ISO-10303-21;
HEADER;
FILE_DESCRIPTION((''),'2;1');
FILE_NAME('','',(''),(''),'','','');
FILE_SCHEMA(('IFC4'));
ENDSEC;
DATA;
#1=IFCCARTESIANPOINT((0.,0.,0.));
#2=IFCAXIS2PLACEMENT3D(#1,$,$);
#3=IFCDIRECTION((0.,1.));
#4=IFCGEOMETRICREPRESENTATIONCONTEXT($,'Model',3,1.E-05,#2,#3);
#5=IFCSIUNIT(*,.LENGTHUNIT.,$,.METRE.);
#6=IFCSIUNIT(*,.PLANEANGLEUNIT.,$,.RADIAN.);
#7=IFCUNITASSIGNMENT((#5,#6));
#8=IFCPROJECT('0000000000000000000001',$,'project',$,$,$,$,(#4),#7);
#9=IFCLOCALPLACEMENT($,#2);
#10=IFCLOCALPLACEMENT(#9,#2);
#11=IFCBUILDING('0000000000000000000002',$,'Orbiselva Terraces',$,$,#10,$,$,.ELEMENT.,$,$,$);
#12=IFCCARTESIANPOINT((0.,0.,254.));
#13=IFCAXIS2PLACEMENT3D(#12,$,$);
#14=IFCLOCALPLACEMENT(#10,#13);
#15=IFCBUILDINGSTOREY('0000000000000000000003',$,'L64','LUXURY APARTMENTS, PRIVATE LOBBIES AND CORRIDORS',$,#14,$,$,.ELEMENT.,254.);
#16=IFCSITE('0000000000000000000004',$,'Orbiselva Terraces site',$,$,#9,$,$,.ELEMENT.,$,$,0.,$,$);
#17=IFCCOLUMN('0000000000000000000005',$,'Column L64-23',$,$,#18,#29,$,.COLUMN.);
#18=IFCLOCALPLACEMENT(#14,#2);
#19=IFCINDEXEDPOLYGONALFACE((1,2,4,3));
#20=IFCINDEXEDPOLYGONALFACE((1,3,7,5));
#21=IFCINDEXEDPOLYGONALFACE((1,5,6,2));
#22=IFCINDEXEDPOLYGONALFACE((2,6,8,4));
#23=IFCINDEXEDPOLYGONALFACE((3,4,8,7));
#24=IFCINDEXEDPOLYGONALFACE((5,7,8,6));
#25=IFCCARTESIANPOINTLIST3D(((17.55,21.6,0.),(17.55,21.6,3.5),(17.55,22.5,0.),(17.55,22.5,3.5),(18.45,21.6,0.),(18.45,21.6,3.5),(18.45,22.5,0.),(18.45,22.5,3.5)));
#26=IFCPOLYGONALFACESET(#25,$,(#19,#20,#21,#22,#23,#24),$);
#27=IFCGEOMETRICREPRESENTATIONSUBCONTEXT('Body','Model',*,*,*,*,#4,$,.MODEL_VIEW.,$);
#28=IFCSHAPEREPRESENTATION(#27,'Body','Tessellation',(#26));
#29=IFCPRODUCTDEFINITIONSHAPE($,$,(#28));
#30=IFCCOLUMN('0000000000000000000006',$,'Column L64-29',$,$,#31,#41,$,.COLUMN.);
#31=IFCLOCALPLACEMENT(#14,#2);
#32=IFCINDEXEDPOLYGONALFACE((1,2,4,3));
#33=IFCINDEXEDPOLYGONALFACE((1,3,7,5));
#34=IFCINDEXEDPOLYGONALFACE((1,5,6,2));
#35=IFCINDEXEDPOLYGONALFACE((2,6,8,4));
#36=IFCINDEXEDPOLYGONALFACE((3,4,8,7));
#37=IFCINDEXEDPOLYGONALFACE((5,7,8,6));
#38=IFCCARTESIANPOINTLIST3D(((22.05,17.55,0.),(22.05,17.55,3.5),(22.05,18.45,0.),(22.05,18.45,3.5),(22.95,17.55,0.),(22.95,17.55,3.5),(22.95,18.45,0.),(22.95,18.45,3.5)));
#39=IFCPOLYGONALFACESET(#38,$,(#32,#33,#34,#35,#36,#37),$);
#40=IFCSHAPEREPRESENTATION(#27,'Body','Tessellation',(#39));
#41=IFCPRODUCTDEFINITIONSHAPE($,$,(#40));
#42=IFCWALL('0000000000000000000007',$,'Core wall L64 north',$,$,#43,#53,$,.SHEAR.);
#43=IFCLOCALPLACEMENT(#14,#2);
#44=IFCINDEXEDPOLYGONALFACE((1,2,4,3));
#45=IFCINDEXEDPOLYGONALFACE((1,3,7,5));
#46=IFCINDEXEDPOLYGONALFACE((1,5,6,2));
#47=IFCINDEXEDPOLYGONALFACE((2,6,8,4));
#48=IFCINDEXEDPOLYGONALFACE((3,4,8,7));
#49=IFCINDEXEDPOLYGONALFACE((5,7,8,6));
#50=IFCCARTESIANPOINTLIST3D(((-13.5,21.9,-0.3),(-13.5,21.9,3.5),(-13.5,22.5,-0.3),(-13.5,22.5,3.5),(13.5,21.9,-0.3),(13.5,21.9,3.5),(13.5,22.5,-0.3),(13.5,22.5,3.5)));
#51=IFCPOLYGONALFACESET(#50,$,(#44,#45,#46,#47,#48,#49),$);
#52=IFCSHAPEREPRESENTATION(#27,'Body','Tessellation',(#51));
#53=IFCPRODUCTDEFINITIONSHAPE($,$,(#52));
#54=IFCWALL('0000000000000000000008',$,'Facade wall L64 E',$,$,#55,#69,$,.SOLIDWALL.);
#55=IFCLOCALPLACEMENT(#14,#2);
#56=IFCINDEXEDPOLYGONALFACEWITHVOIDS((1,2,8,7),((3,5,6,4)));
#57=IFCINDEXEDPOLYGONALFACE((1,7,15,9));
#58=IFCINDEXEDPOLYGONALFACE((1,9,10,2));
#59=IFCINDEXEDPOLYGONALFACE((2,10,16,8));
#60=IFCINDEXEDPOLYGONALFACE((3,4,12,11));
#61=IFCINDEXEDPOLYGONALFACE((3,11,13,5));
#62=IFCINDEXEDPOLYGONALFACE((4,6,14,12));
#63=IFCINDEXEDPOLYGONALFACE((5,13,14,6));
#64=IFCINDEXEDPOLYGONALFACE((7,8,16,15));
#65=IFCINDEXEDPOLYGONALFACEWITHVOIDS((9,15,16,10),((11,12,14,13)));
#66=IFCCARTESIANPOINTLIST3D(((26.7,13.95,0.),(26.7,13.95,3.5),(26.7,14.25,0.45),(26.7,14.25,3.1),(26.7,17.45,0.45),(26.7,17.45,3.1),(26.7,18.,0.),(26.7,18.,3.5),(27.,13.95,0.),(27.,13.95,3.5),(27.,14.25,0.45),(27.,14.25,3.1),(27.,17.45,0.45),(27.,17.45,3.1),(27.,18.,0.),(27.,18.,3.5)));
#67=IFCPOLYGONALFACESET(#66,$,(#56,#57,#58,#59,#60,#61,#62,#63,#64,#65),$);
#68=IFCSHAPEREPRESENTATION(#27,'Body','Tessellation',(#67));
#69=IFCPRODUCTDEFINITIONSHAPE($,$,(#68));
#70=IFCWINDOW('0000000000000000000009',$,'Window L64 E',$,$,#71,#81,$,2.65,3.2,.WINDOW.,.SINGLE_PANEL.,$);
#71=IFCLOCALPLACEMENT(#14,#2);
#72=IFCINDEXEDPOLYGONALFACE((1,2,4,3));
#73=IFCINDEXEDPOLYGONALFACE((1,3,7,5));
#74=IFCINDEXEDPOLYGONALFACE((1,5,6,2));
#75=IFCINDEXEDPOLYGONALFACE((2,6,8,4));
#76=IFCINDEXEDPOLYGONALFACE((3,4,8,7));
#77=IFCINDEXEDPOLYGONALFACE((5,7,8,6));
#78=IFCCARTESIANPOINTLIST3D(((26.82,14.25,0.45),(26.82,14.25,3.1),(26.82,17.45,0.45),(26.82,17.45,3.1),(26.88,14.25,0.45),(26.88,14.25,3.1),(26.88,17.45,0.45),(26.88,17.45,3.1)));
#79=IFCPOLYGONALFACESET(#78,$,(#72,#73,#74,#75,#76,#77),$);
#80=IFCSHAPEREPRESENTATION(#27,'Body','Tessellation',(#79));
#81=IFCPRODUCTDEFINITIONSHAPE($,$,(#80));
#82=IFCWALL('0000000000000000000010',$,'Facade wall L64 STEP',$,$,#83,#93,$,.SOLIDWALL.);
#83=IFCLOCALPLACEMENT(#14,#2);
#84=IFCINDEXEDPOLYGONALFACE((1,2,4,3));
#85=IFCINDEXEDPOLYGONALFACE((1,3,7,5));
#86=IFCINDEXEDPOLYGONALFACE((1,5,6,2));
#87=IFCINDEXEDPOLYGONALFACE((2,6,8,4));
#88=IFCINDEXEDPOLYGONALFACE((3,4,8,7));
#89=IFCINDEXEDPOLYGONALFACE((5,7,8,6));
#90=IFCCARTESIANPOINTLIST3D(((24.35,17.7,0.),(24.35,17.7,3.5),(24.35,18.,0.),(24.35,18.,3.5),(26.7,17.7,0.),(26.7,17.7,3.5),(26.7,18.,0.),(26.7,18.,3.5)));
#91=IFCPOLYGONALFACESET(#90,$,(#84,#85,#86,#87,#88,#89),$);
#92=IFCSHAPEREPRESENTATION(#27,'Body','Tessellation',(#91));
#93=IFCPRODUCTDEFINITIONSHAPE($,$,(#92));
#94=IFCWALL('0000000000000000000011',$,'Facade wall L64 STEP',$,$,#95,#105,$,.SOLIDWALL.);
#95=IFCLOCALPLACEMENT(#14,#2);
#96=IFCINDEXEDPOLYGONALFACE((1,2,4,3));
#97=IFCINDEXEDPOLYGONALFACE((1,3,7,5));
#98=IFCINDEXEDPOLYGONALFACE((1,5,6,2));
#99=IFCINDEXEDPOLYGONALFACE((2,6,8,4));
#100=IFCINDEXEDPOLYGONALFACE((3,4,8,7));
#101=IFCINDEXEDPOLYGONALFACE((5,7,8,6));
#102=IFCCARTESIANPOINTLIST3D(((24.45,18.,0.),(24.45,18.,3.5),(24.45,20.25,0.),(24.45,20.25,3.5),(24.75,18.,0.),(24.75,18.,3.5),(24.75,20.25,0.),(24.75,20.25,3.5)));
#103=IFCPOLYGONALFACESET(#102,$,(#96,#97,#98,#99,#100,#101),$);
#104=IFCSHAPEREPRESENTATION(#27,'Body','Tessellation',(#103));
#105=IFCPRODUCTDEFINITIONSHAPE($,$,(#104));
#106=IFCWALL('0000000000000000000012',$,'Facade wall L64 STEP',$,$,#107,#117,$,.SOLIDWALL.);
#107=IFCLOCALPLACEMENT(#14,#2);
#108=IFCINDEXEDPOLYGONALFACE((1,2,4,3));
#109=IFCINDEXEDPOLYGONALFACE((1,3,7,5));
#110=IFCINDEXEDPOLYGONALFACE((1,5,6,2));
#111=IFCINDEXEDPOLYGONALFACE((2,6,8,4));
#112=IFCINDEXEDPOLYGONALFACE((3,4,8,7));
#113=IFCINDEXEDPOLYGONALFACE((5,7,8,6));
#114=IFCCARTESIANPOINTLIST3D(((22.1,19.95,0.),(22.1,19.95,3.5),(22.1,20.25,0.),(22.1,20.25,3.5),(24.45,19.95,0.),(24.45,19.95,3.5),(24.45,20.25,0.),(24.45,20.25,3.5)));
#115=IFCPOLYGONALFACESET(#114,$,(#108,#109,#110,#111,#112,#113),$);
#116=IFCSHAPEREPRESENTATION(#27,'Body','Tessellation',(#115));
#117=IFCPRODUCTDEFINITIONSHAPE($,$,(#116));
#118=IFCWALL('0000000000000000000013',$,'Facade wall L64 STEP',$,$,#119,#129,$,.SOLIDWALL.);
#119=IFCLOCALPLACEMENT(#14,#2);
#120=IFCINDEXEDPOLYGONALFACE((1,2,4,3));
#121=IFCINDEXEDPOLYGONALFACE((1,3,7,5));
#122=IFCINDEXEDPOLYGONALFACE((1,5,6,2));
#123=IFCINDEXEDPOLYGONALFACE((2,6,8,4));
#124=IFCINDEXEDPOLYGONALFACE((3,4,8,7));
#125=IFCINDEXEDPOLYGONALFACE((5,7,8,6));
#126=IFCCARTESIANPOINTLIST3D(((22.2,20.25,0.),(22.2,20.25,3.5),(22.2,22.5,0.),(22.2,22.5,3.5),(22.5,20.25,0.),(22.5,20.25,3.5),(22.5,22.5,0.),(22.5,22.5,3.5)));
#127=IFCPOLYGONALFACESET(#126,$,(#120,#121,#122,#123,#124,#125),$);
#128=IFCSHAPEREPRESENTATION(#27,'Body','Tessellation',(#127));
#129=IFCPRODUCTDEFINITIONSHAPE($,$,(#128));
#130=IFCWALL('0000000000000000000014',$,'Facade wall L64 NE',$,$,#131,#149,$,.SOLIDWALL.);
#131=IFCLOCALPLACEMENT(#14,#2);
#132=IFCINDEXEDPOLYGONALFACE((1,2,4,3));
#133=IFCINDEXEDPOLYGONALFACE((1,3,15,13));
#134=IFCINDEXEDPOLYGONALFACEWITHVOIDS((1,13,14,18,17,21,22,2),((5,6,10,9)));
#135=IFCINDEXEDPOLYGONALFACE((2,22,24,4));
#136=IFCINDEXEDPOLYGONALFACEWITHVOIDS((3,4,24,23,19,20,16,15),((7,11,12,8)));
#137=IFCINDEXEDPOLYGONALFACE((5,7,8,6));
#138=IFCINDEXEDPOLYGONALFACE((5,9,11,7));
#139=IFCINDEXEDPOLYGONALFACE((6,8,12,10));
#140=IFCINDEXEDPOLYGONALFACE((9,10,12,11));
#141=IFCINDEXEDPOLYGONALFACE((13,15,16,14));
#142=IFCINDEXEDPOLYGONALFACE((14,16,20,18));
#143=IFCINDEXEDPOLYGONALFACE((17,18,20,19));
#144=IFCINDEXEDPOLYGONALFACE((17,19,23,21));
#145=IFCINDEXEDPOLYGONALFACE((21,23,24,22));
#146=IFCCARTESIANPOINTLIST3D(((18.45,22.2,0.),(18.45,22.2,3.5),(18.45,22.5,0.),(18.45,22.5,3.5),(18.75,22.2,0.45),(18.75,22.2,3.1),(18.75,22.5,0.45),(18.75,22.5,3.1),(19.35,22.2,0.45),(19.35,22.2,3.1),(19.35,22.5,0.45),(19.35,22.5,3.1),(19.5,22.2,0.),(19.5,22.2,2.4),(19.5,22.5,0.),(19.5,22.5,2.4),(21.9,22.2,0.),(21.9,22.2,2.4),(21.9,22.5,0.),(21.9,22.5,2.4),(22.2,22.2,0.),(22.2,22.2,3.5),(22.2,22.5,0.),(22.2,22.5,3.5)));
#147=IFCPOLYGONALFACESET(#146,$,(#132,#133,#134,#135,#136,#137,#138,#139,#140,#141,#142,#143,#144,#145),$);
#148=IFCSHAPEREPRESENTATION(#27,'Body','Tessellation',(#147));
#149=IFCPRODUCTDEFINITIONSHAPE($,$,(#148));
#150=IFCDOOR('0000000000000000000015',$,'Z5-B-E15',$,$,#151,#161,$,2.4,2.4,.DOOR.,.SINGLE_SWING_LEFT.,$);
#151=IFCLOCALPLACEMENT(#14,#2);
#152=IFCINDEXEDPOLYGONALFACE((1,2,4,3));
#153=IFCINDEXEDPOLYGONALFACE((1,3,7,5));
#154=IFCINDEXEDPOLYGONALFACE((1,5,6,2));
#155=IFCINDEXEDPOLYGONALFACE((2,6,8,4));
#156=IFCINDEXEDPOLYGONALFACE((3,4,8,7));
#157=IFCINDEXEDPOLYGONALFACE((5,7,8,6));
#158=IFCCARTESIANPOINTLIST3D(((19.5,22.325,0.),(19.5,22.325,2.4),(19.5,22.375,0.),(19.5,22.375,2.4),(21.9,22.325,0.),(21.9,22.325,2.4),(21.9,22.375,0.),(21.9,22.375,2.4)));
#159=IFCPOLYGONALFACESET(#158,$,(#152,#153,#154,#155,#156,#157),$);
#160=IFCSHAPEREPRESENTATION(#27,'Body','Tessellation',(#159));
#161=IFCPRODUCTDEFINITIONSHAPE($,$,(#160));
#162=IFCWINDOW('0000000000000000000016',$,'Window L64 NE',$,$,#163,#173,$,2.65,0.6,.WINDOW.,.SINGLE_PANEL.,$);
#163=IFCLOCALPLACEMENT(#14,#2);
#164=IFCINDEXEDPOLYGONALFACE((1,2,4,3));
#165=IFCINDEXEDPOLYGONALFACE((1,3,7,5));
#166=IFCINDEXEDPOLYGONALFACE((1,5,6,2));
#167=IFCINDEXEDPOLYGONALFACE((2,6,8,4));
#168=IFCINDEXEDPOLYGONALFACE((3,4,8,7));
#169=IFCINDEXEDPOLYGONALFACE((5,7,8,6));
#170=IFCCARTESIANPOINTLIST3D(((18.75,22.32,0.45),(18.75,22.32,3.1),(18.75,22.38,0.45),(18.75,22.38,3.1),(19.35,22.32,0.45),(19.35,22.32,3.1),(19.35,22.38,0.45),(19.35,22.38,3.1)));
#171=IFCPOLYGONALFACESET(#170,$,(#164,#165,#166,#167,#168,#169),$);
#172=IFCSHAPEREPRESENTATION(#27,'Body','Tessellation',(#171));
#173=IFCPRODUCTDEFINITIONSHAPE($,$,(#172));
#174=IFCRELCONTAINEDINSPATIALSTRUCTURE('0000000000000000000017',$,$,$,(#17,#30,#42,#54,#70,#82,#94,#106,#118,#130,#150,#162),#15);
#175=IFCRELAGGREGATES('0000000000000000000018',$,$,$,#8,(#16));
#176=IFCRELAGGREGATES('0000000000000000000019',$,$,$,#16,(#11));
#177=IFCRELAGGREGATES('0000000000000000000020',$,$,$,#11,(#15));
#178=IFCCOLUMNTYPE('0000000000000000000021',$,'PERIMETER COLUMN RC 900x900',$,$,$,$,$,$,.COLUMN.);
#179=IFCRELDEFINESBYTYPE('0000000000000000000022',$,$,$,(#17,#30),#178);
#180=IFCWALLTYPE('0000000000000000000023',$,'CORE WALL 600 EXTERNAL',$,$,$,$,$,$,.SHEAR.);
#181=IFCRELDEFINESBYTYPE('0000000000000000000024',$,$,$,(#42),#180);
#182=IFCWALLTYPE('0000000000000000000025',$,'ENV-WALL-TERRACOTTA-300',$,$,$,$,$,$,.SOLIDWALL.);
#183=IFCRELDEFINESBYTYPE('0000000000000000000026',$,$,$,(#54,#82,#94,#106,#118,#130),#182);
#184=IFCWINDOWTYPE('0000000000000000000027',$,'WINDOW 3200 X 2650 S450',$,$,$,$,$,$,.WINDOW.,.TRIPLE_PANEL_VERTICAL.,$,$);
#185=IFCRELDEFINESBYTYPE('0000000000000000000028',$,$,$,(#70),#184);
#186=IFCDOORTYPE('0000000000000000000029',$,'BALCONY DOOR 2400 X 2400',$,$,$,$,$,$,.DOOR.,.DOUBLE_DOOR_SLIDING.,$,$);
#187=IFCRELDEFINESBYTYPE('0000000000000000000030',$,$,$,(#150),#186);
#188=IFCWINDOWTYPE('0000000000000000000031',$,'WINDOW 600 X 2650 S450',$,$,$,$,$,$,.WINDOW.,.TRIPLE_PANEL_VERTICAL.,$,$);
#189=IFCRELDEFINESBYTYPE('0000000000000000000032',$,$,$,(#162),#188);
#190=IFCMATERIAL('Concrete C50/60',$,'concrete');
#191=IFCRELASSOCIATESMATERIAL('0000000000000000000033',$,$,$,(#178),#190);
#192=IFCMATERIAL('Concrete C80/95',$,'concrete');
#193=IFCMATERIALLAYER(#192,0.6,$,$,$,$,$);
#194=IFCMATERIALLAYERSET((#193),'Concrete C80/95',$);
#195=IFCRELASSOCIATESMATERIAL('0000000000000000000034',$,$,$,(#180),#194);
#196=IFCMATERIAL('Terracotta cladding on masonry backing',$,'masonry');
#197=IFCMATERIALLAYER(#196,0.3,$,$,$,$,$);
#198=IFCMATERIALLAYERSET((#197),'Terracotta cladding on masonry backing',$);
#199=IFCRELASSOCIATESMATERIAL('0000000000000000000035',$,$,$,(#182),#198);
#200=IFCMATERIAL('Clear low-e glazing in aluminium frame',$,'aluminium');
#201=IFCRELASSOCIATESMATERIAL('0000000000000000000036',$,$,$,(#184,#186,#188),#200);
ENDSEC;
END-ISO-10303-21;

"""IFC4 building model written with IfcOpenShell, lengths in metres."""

from ifc_helpers import new_model, si_unit, direction, frame, frame_2d, origin, origin_2d, place, context, subcontext, project, spatial, rectangle, extrude, material, layer, layer_set, material_profile, profile_set, type_object, element, fill, save


model = new_model("IFC4")

# Units and contexts
model_context = context("Model", 3, precision=1e-05, world=origin(), true_north=direction((0.0, 1.0)))
body_context = subcontext(model_context, "Body", "Model", "MODEL_VIEW")
ifc_project = project(units=[si_unit("LENGTHUNIT", "METRE"), si_unit("PLANEANGLEUNIT", "RADIAN")], contexts=[model_context])

# Site, building, storey
site_placement = place(None, origin())
site = spatial("IfcSite", under=ifc_project, at=site_placement, Name="Orbiselva Terraces site", CompositionType="ELEMENT", RefElevation=0.0)
building_placement = place(site_placement, origin())
building = spatial("IfcBuilding", under=site, at=building_placement, Name="Orbiselva Terraces", CompositionType="ELEMENT")
storey_placement = place(building_placement, frame((0.0, 0.0, 254.0)))
storey = spatial("IfcBuildingStorey", under=building, at=storey_placement, Name="L64", Description="LUXURY APARTMENTS, PRIVATE LOBBIES AND CORRIDORS", CompositionType="ELEMENT", Elevation=254.0)

# Columns
ifc_material_1 = material(Name="Concrete C50/60", Category="concrete")
ifc_material_profile = material_profile(ifc_material_1, rectangle(XDim=0.9, YDim=0.9, at=origin_2d()), Name="RC 900x900")
ifc_profile_set = profile_set([ifc_material_profile], Name="Concrete C50/60")
column_type = type_object("IfcColumnType", Name="PERIMETER COLUMN RC 900x900", PredefinedType="COLUMN", material=ifc_profile_set)
for number, where, z_axis, x_axis, name in (
    (1, (18.0, 22.05, 0.0), (0.0, 0.0, 1.0), (1.0, 0.0, 0.0), "Column L64-23"),
    (2, (22.5, 18.0, 0.0), (0.0, 0.0, 1.0), (1.0, 0.0, 0.0), "Column L64-29"),
):
    element("IfcColumn", number, at=place(storey_placement, frame(where, z_axis=z_axis, x_axis=x_axis)), inside=storey, type_object=column_type, Name=name, PredefinedType="COLUMN", context=body_context, shape_type="SweptSolid", body=[
        extrude(rectangle(XDim=0.9, YDim=0.9, at=origin_2d()), origin(), (0.0, 0.0, 1.0), 3.5),
    ])

# Wall
ifc_material_2 = material(Name="Concrete C80/95", Category="concrete")
ifc_layer_1 = layer(ifc_material_2, 0.6)
ifc_layer_set_1 = layer_set([ifc_layer_1], Name="Concrete C80/95")
wall_type_1 = type_object("IfcWallType", Name="CORE WALL 600 EXTERNAL", PredefinedType="SHEAR", material=ifc_layer_set_1)
wall_1_placement = place(storey_placement, frame((13.5, 22.2, -0.3), z_axis=(0.0, 0.0, 1.0), x_axis=(-1.0, 0.0, 0.0)))
element("IfcWall", 3, at=wall_1_placement, inside=storey, type_object=wall_type_1, Name="Core wall L64 north", PredefinedType="SHEAR", context=body_context, shape_type="SweptSolid", body=[
    extrude(rectangle(XDim=27.0, YDim=0.6, at=frame_2d((13.5, 0.0))), origin(), (0.0, 0.0, 1.0), 3.8),
])

# Wall, opening, window
ifc_material_3 = material(Name="Terracotta cladding on masonry backing", Category="masonry")
ifc_layer_2 = layer(ifc_material_3, 0.3)
ifc_layer_set_2 = layer_set([ifc_layer_2], Name="Terracotta cladding on masonry backing")
wall_type_2 = type_object("IfcWallType", Name="ENV-WALL-TERRACOTTA-300", PredefinedType="SOLIDWALL", material=ifc_layer_set_2)
wall_2_placement = place(storey_placement, frame((26.85, 18.0, 0.0), z_axis=(0.0, 0.0, 1.0), x_axis=(0.0, -1.0, 0.0)))
wall_2 = element("IfcWall", 4, at=wall_2_placement, inside=storey, type_object=wall_type_2, Name="Facade wall L64 E", PredefinedType="SOLIDWALL", context=body_context, shape_type="SweptSolid", body=[
    extrude(rectangle(XDim=4.05, YDim=0.3, at=frame_2d((2.025, 0.0))), origin(), (0.0, 0.0, 1.0), 3.5),
])
opening_1_placement = place(wall_2_placement, frame((0.55, 0.0, 0.45)))
opening_1 = element("IfcOpeningElement", 5, at=opening_1_placement, cuts=wall_2, PredefinedType="OPENING", context=body_context, shape_type="SweptSolid", body=[
    extrude(rectangle(XDim=3.2, YDim=2.65, at=frame_2d((1.6, 1.325))), frame((0.0, 0.16, 0.0), z_axis=(0.0, -1.0, 0.0), x_axis=(1.0, 0.0, 0.0)), (0.0, 0.0, 1.0), 0.32),
])
ifc_material_4 = material(Name="Clear low-e glazing in aluminium frame", Category="aluminium")
window_type_1 = type_object("IfcWindowType", Name="WINDOW 3200 X 2650 S450", PartitioningType="TRIPLE_PANEL_VERTICAL", PredefinedType="WINDOW", material=ifc_material_4)
window_1_placement = place(opening_1_placement, origin())
window_1 = element("IfcWindow", 6, at=window_1_placement, inside=storey, type_object=window_type_1, Name="Window L64 E", OverallHeight=2.65, OverallWidth=3.2, PartitioningType="SINGLE_PANEL", PredefinedType="WINDOW", context=body_context, shape_type="SweptSolid", body=[
    extrude(rectangle(XDim=3.2, YDim=2.65, at=frame_2d((1.6, 1.325))), frame((0.0, 0.03, 0.0), z_axis=(0.0, -1.0, 0.0), x_axis=(1.0, 0.0, 0.0)), (0.0, 0.0, 1.0), 0.06),
])
fill(opening_1, window_1)

# Walls
wall_3_placement = place(storey_placement, frame((24.35, 17.85, 0.0), z_axis=(0.0, 0.0, 1.0), x_axis=(1.0, 0.0, 0.0)))
element("IfcWall", 7, at=wall_3_placement, inside=storey, type_object=wall_type_2, Name="Facade wall L64 STEP", PredefinedType="SOLIDWALL", context=body_context, shape_type="SweptSolid", body=[
    extrude(rectangle(XDim=2.35, YDim=0.3, at=frame_2d((1.175, 0.0))), origin(), (0.0, 0.0, 1.0), 3.5),
])
wall_4_placement = place(storey_placement, frame((24.6, 20.25, 0.0), z_axis=(0.0, 0.0, 1.0), x_axis=(0.0, -1.0, 0.0)))
element("IfcWall", 8, at=wall_4_placement, inside=storey, type_object=wall_type_2, Name="Facade wall L64 STEP", PredefinedType="SOLIDWALL", context=body_context, shape_type="SweptSolid", body=[
    extrude(rectangle(XDim=2.25, YDim=0.3, at=frame_2d((1.125, 0.0))), origin(), (0.0, 0.0, 1.0), 3.5),
])
wall_5_placement = place(storey_placement, frame((22.1, 20.1, 0.0), z_axis=(0.0, 0.0, 1.0), x_axis=(1.0, 0.0, 0.0)))
element("IfcWall", 9, at=wall_5_placement, inside=storey, type_object=wall_type_2, Name="Facade wall L64 STEP", PredefinedType="SOLIDWALL", context=body_context, shape_type="SweptSolid", body=[
    extrude(rectangle(XDim=2.35, YDim=0.3, at=frame_2d((1.175, 0.0))), origin(), (0.0, 0.0, 1.0), 3.5),
])
wall_6_placement = place(storey_placement, frame((22.35, 22.5, 0.0), z_axis=(0.0, 0.0, 1.0), x_axis=(0.0, -1.0, 0.0)))
element("IfcWall", 10, at=wall_6_placement, inside=storey, type_object=wall_type_2, Name="Facade wall L64 STEP", PredefinedType="SOLIDWALL", context=body_context, shape_type="SweptSolid", body=[
    extrude(rectangle(XDim=2.25, YDim=0.3, at=frame_2d((1.125, 0.0))), origin(), (0.0, 0.0, 1.0), 3.5),
])

# Wall, openings, door, window
wall_7_placement = place(storey_placement, frame((18.45, 22.35, 0.0), z_axis=(0.0, 0.0, 1.0), x_axis=(1.0, 0.0, 0.0)))
wall_7 = element("IfcWall", 11, at=wall_7_placement, inside=storey, type_object=wall_type_2, Name="Facade wall L64 NE", PredefinedType="SOLIDWALL", context=body_context, shape_type="SweptSolid", body=[
    extrude(rectangle(XDim=3.75, YDim=0.3, at=frame_2d((1.875, 0.0))), origin(), (0.0, 0.0, 1.0), 3.5),
])
opening_2_placement = place(wall_7_placement, frame((1.05, 0.0, 0.0)))
opening_2 = element("IfcOpeningElement", 12, at=opening_2_placement, cuts=wall_7, PredefinedType="OPENING", context=body_context, shape_type="SweptSolid", body=[
    extrude(rectangle(XDim=2.4, YDim=2.4, at=frame_2d((1.2, 1.2))), frame((0.0, 0.16, 0.0), z_axis=(0.0, -1.0, 0.0), x_axis=(1.0, 0.0, 0.0)), (0.0, 0.0, 1.0), 0.32),
])
opening_3_placement = place(wall_7_placement, frame((0.3, 0.0, 0.45)))
opening_3 = element("IfcOpeningElement", 13, at=opening_3_placement, cuts=wall_7, PredefinedType="OPENING", context=body_context, shape_type="SweptSolid", body=[
    extrude(rectangle(XDim=0.6, YDim=2.65, at=frame_2d((0.3, 1.325))), frame((0.0, 0.16, 0.0), z_axis=(0.0, -1.0, 0.0), x_axis=(1.0, 0.0, 0.0)), (0.0, 0.0, 1.0), 0.32),
])
door_type_1 = type_object("IfcDoorType", Name="BALCONY DOOR 2400 X 2400", OperationType="DOUBLE_DOOR_SLIDING", PredefinedType="DOOR", material=ifc_material_4)
door_1_placement = place(opening_2_placement, origin())
door_1 = element("IfcDoor", 14, at=door_1_placement, inside=storey, type_object=door_type_1, Name="Z5-B-E15", OperationType="SINGLE_SWING_LEFT", OverallHeight=2.4, OverallWidth=2.4, PredefinedType="DOOR", context=body_context, shape_type="SweptSolid", body=[
    extrude(rectangle(XDim=2.4, YDim=2.4, at=frame_2d((1.2, 1.2))), frame((0.0, 0.025, 0.0), z_axis=(0.0, -1.0, 0.0), x_axis=(1.0, 0.0, 0.0)), (0.0, 0.0, 1.0), 0.05),
])
fill(opening_2, door_1)
window_type_2 = type_object("IfcWindowType", Name="WINDOW 600 X 2650 S450", PartitioningType="TRIPLE_PANEL_VERTICAL", PredefinedType="WINDOW", material=ifc_material_4)
window_2_placement = place(opening_3_placement, origin())
window_2 = element("IfcWindow", 15, at=window_2_placement, inside=storey, type_object=window_type_2, Name="Window L64 NE", OverallHeight=2.65, OverallWidth=0.6, PartitioningType="SINGLE_PANEL", PredefinedType="WINDOW", context=body_context, shape_type="SweptSolid", body=[
    extrude(rectangle(XDim=0.6, YDim=2.65, at=frame_2d((0.3, 1.325))), frame((0.0, 0.03, 0.0), z_axis=(0.0, -1.0, 0.0), x_axis=(1.0, 0.0, 0.0)), (0.0, 0.0, 1.0), 0.06),
])
fill(opening_3, window_2)

save(model, "model.ifc")
